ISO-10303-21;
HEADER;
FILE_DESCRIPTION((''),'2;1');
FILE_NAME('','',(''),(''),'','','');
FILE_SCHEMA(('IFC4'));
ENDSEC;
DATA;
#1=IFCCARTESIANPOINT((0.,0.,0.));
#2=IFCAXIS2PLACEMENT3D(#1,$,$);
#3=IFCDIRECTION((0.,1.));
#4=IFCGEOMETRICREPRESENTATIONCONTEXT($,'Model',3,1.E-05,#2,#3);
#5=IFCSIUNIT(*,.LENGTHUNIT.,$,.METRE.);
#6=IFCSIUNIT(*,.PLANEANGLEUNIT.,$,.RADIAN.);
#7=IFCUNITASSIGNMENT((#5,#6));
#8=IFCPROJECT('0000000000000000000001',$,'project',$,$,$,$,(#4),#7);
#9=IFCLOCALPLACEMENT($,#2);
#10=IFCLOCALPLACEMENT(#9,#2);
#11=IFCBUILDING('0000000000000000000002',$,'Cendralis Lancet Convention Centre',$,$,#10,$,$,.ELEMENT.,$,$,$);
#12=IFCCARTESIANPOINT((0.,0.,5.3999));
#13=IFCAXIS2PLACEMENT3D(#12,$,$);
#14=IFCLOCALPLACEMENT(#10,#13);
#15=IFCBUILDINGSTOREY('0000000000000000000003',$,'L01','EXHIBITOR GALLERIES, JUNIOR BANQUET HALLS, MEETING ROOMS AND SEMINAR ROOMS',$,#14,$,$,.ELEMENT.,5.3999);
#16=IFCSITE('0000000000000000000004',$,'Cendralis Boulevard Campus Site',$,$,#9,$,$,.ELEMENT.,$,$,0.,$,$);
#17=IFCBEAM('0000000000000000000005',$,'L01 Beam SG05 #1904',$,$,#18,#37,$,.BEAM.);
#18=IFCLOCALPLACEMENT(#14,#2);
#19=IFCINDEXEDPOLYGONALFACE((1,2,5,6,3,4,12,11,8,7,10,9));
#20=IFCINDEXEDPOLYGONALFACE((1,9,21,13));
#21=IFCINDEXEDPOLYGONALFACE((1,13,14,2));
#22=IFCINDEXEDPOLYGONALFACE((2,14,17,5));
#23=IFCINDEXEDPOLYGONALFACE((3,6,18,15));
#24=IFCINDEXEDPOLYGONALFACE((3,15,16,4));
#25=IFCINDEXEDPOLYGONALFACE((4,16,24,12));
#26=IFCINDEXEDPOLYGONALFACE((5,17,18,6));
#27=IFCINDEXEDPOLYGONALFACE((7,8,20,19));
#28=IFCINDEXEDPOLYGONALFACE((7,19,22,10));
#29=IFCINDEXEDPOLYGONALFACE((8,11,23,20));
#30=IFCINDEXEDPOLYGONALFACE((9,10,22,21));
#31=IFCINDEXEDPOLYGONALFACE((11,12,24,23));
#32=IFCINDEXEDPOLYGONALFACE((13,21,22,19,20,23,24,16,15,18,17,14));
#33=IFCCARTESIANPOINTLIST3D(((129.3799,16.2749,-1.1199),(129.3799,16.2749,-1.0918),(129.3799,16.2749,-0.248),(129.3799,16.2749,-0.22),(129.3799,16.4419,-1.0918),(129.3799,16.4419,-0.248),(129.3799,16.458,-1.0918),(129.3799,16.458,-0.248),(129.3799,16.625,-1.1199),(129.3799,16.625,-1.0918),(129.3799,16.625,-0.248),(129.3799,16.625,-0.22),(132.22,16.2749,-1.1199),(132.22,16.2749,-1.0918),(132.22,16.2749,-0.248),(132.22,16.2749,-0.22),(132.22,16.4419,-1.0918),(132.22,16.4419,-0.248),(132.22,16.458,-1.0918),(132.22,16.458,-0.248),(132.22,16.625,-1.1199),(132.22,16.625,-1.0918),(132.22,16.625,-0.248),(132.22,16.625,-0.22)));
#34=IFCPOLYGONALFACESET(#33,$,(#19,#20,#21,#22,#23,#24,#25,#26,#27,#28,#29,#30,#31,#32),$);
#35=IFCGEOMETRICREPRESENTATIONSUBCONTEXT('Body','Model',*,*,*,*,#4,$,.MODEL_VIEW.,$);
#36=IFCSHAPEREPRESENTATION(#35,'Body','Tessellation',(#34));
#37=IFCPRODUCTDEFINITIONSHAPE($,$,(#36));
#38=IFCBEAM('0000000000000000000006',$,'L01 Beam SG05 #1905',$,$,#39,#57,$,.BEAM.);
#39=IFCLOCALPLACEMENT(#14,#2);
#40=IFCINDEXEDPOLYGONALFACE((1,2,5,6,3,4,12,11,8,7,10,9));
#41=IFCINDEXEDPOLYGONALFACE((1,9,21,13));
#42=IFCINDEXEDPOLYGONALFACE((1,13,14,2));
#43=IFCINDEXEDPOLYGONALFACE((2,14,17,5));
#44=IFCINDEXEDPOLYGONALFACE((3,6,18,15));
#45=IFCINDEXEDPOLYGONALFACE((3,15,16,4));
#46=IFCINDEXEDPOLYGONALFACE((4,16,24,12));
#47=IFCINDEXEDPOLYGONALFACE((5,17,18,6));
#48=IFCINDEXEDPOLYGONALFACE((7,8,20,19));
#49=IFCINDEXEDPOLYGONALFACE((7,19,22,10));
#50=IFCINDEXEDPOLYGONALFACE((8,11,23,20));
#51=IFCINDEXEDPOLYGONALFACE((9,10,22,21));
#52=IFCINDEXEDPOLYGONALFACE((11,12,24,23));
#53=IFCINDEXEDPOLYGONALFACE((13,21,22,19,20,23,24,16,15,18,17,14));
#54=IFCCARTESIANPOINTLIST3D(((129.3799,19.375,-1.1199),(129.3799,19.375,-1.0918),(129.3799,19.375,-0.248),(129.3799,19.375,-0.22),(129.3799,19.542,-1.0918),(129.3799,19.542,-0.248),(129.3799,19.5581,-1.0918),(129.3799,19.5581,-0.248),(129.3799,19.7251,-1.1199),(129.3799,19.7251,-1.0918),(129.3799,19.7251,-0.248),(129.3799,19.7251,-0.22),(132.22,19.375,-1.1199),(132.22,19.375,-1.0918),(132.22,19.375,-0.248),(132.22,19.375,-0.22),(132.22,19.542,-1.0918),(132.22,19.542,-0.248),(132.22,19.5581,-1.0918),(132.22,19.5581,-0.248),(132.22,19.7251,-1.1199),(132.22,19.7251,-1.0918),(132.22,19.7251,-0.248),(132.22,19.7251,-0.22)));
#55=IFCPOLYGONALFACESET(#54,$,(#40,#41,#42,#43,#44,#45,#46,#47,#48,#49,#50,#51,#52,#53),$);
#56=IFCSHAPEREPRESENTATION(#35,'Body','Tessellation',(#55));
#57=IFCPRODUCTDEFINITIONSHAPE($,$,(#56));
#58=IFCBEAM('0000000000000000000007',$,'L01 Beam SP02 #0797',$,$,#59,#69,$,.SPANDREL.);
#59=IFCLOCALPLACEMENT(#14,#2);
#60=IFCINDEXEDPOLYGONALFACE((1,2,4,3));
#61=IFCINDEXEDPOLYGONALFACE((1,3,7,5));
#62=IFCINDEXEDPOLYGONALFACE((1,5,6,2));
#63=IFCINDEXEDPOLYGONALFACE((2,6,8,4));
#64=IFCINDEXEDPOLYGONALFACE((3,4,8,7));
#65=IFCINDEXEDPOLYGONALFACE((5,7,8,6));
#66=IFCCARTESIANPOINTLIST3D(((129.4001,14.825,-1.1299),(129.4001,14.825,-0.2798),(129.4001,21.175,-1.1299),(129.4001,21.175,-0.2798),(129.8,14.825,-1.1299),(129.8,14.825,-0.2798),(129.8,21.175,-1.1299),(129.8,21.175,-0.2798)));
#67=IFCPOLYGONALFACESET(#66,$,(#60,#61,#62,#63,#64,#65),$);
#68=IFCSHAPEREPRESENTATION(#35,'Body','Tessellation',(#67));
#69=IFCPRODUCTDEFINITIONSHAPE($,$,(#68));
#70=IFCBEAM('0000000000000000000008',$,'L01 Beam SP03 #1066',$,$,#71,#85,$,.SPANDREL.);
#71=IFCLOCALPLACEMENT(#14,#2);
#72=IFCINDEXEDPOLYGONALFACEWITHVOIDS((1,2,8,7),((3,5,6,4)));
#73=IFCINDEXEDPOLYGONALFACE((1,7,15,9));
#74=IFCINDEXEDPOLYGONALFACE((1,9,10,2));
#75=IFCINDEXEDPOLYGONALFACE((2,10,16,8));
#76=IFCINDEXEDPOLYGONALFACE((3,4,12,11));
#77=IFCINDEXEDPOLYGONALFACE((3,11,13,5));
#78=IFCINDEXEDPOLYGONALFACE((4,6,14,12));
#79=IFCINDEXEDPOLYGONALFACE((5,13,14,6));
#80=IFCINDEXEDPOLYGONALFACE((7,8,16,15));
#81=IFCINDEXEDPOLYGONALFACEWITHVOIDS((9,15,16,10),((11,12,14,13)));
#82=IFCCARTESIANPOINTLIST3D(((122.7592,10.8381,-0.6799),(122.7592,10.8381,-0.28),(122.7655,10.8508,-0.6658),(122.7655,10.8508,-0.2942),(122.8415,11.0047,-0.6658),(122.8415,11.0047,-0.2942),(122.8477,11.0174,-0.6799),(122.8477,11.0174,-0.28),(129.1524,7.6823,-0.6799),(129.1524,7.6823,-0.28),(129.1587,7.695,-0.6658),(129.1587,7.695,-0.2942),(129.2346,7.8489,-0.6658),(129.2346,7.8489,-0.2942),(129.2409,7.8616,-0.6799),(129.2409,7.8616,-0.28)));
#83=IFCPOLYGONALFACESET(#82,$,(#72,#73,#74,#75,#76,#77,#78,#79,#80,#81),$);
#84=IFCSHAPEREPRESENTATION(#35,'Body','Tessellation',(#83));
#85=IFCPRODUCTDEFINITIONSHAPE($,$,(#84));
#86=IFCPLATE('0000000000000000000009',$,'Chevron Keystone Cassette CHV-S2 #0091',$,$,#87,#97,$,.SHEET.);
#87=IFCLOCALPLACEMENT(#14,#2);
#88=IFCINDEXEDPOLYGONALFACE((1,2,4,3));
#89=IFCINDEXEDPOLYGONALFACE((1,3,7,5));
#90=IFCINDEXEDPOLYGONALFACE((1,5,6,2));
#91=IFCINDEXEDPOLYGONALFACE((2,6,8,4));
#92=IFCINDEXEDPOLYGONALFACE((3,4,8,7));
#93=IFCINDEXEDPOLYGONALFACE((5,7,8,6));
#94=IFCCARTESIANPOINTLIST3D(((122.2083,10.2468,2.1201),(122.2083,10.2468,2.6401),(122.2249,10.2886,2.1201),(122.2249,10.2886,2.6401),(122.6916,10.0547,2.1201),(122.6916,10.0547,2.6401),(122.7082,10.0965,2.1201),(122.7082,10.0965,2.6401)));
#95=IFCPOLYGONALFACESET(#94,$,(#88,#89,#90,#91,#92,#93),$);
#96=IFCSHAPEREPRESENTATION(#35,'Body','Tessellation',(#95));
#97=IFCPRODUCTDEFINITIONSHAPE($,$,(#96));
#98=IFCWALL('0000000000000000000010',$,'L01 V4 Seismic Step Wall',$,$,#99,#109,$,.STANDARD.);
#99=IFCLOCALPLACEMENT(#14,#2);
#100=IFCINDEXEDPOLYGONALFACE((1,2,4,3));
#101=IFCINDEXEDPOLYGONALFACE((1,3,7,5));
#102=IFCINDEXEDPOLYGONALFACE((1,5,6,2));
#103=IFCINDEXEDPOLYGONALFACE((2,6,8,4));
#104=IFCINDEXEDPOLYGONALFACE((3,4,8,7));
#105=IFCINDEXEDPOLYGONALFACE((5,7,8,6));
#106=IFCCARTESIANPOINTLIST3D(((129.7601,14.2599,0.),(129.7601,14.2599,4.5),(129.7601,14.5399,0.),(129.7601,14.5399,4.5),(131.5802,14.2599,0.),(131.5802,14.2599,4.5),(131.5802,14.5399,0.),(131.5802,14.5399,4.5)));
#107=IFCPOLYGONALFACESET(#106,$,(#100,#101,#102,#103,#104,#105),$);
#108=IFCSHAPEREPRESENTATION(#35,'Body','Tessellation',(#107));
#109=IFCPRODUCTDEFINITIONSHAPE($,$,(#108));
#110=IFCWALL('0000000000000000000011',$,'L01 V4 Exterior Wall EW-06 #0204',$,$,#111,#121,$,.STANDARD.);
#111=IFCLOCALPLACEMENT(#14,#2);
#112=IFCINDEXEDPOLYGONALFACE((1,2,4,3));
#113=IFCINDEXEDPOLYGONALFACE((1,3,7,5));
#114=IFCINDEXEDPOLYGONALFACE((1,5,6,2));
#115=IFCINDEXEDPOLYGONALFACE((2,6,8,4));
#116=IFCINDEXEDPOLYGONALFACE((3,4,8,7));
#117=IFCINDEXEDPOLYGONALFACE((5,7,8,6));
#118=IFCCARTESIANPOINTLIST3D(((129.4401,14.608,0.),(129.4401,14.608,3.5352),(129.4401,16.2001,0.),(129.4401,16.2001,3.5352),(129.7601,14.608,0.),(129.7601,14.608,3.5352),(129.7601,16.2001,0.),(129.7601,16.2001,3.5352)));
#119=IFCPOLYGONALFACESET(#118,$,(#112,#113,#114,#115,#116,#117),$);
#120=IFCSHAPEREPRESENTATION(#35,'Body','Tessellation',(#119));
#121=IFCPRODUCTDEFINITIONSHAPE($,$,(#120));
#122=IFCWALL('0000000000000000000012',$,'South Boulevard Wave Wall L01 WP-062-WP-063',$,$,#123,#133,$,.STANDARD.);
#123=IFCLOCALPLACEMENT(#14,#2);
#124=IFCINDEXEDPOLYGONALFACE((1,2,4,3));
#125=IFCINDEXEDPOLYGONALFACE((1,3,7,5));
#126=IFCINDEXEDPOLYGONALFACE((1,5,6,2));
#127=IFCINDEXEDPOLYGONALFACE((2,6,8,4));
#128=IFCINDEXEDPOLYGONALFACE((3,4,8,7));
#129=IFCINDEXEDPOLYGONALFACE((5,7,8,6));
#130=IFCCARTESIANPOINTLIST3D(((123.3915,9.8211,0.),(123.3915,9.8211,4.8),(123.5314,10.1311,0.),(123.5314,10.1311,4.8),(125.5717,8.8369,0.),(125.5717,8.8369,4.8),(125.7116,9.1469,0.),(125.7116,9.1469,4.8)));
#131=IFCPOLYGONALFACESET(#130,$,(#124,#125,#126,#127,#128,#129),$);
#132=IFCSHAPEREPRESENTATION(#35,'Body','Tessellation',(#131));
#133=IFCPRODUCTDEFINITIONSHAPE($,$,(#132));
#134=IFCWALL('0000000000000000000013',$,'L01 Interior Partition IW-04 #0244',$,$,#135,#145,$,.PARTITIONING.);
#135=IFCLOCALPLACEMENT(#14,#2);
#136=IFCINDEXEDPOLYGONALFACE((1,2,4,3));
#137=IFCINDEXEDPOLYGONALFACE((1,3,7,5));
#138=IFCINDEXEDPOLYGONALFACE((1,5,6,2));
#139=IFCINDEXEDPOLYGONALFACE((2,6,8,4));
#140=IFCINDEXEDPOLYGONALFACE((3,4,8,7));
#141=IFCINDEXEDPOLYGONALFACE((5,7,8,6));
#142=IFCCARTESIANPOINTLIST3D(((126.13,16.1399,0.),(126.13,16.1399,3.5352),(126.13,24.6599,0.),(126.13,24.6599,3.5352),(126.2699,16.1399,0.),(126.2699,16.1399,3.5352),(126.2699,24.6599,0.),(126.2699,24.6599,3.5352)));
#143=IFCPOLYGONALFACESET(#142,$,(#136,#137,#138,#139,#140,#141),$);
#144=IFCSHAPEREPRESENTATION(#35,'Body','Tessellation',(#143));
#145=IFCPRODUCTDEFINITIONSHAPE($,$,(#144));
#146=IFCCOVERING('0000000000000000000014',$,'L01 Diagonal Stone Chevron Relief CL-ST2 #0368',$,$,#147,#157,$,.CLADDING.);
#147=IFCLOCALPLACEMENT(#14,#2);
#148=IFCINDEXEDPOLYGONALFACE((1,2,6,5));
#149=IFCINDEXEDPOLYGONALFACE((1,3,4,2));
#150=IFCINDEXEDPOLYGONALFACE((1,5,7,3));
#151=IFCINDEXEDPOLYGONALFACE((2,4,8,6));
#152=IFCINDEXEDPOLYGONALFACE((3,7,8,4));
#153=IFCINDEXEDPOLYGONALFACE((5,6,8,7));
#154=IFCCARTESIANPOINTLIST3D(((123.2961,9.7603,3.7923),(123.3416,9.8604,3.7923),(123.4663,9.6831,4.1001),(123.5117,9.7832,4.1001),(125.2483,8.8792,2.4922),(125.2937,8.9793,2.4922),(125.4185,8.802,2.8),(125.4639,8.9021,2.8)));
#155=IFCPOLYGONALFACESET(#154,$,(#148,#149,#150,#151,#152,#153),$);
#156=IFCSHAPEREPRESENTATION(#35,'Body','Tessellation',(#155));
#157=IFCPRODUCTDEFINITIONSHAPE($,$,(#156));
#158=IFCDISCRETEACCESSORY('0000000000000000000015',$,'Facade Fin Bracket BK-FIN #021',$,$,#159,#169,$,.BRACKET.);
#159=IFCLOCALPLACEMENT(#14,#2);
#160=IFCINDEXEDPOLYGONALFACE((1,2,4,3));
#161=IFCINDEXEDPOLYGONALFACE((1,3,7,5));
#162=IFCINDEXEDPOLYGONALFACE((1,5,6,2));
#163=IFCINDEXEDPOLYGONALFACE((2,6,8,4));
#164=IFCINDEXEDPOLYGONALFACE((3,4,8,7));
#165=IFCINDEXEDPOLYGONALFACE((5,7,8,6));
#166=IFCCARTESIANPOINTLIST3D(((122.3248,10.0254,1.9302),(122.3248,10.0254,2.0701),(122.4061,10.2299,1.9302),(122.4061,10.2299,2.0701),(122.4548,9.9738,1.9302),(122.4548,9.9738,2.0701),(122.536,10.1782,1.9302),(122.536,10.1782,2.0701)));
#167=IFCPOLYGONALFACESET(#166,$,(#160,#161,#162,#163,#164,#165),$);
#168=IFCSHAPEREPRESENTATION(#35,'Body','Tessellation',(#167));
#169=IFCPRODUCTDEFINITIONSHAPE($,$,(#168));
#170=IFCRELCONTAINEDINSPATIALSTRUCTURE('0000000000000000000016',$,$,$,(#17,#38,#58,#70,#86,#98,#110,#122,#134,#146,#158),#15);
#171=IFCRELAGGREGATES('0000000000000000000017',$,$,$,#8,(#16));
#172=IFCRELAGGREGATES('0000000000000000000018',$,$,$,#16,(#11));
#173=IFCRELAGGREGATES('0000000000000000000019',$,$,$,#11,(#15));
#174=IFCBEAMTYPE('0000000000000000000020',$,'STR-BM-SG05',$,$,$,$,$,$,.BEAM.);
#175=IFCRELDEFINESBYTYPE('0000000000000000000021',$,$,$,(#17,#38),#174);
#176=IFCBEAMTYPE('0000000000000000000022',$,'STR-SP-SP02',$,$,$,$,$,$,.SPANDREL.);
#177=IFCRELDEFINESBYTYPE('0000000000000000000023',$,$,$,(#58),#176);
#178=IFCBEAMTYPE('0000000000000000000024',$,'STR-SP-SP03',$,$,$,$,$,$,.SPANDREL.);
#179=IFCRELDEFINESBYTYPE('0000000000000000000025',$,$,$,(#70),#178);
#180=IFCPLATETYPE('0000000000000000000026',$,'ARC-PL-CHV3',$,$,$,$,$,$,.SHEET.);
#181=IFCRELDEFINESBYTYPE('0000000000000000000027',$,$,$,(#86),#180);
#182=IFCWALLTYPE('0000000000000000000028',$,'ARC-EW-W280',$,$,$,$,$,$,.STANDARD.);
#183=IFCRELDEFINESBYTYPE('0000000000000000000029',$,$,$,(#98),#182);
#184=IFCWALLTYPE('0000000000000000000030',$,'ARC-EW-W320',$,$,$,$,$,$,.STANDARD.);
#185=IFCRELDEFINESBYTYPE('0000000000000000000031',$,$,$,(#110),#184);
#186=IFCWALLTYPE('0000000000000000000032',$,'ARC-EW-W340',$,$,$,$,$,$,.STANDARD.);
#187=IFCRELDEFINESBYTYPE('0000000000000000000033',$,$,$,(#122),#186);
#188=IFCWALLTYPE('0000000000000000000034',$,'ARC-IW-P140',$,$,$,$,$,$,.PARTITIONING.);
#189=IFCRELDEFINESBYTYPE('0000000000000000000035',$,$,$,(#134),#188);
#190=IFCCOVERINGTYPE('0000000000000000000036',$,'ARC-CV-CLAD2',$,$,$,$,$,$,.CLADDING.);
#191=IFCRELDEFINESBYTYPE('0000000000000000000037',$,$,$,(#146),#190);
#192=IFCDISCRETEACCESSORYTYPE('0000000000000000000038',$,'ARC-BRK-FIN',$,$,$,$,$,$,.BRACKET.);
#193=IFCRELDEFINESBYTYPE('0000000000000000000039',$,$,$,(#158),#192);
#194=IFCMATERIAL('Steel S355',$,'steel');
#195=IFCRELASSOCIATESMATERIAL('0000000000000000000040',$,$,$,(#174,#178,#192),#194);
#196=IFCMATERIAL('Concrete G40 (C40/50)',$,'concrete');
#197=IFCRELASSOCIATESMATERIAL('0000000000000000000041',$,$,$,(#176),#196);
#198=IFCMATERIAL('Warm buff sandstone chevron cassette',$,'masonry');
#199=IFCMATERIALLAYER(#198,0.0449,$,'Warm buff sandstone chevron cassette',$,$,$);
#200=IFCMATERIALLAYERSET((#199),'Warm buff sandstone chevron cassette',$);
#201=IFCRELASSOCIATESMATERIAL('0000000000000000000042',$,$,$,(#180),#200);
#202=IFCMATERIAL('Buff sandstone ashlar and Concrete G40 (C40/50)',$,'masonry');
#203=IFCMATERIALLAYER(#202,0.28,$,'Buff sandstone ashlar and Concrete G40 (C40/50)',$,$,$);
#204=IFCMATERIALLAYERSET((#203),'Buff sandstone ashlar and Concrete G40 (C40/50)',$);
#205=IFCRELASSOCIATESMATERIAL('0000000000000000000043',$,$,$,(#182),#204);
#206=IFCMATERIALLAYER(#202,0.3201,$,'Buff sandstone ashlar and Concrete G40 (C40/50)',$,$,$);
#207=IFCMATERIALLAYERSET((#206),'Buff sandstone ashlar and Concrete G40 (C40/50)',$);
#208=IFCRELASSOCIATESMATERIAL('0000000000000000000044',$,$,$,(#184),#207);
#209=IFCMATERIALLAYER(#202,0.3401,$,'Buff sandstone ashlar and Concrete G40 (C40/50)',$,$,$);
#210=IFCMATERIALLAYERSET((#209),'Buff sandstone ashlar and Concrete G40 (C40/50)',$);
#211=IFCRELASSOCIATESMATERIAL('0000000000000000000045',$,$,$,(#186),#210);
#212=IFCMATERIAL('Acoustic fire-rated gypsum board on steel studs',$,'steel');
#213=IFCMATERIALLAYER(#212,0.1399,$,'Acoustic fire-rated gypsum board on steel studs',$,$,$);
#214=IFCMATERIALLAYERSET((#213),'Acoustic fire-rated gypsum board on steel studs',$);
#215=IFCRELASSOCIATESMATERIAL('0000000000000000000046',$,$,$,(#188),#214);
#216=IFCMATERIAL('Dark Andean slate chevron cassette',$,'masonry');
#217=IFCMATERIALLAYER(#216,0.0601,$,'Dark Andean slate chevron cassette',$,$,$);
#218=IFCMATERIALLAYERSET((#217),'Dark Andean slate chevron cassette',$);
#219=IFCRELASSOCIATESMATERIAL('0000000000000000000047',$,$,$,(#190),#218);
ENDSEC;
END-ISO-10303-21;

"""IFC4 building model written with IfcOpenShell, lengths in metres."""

from ifc_helpers import new_model, si_unit, direction, frame, frame_2d, origin, origin_2d, place, context, subcontext, project, spatial, polyline, rectangle, hollow_rectangle, i_section, outline, extrude, material, layer, layer_set, material_profile, profile_set, type_object, element, save


model = new_model("IFC4")

# Units and contexts
model_context = context("Model", 3, precision=1e-05, world=origin(), true_north=direction((0.0, 1.0)))
body_context = subcontext(model_context, "Body", "Model", "MODEL_VIEW")
ifc_project = project(units=[si_unit("LENGTHUNIT", "METRE"), si_unit("PLANEANGLEUNIT", "RADIAN")], contexts=[model_context])

# Site, building, storey
site_placement = place(None, origin())
site = spatial("IfcSite", under=ifc_project, at=site_placement, Name="Cendralis Boulevard Campus Site", CompositionType="ELEMENT", RefElevation=0.0)
building_placement = place(site_placement, origin())
building = spatial("IfcBuilding", under=site, at=building_placement, Name="Cendralis Lancet Convention Centre", CompositionType="ELEMENT")
storey_placement = place(building_placement, frame((0.0, 0.0, 5.3999)))
storey = spatial("IfcBuildingStorey", under=building, at=storey_placement, Name="L01", Description="EXHIBITOR GALLERIES, JUNIOR BANQUET HALLS, MEETING ROOMS AND SEMINAR ROOMS", CompositionType="ELEMENT", Elevation=5.3999)

# Shared definitions
ifc_material_1 = material(Name="Steel S355", Category="steel")

# Beams
ifc_material_2 = material(Name="Concrete G40 (C40/50)", Category="concrete")
ifc_material_profile_1 = material_profile(ifc_material_1, i_section(OverallWidth=0.3501, OverallDepth=0.8999, WebThickness=0.0161, FlangeThickness=0.0281, at=origin_2d()), Name="PG 900x350")
ifc_profile_set_1 = profile_set([ifc_material_profile_1], Name="Steel S355")
beam_type_1 = type_object("IfcBeamType", Name="STR-BM-SG05", PredefinedType="BEAM", material=ifc_profile_set_1)
for number, where, z_axis, x_axis, name in (
    (1, (129.3799, 16.45, -0.6699), (1.0, 0.0, 0.0), (0.0, 1.0, 0.0), "L01 Beam SG05 #1904"),
    (2, (129.3799, 19.55, -0.6699), (1.0, 0.0, 0.0), (0.0, 1.0, 0.0), "L01 Beam SG05 #1905"),
):
    element("IfcBeam", number, at=place(storey_placement, frame(where, z_axis=z_axis, x_axis=x_axis)), inside=storey, type_object=beam_type_1, Name=name, PredefinedType="BEAM", context=body_context, shape_type="SweptSolid", body=[
        extrude(i_section(OverallWidth=0.3501, OverallDepth=0.8999, WebThickness=0.0161, FlangeThickness=0.0281, at=origin_2d()), origin(), (0.0, 0.0, 1.0), 2.8401),
    ])
ifc_material_profile_2 = material_profile(ifc_material_2, rectangle(XDim=0.3999, YDim=0.8501, at=origin_2d()), Name="RCB 400x850")
ifc_profile_set_2 = profile_set([ifc_material_profile_2], Name="Concrete G40 (C40/50)")
beam_type_2 = type_object("IfcBeamType", Name="STR-SP-SP02", PredefinedType="SPANDREL", material=ifc_profile_set_2)
beam_1_placement = place(storey_placement, frame((129.6001, 14.825, -0.7048), z_axis=(0.0, 1.0, 0.0), x_axis=(-1.0, 0.0, 0.0)))
element("IfcBeam", 3, at=beam_1_placement, inside=storey, type_object=beam_type_2, Name="L01 Beam SP02 #0797", PredefinedType="SPANDREL", context=body_context, shape_type="SweptSolid", body=[
    extrude(rectangle(XDim=0.3999, YDim=0.8501, at=origin_2d()), origin(), (0.0, 0.0, 1.0), 6.3501),
])
ifc_material_profile_3 = material_profile(ifc_material_1, hollow_rectangle(XDim=0.2, YDim=0.3999, WallThickness=0.0142, at=origin_2d()), Name="RHS 400x200x14.2")
ifc_profile_set_3 = profile_set([ifc_material_profile_3], Name="Steel S355")
beam_type_3 = type_object("IfcBeamType", Name="STR-SP-SP03", PredefinedType="SPANDREL", material=ifc_profile_set_3)
beam_2_placement = place(storey_placement, frame((122.8035, 10.9277, -0.48), z_axis=(0.896703, -0.442633, 0.0), x_axis=(0.442633, 0.896703, 0.0)))
element("IfcBeam", 4, at=beam_2_placement, inside=storey, type_object=beam_type_3, Name="L01 Beam SP03 #1066", PredefinedType="SPANDREL", context=body_context, shape_type="SweptSolid", body=[
    extrude(hollow_rectangle(XDim=0.2, YDim=0.3999, WallThickness=0.0142, at=origin_2d()), origin(), (0.0, 0.0, 1.0), 7.1296),
])

# Plate
ifc_material_3 = material(Name="Warm buff sandstone chevron cassette", Category="masonry")
ifc_layer_1 = layer(ifc_material_3, 0.0449, Name="Warm buff sandstone chevron cassette")
ifc_layer_set_1 = layer_set([ifc_layer_1], Name="Warm buff sandstone chevron cassette")
plate_type = type_object("IfcPlateType", Name="ARC-PL-CHV3", PredefinedType="SHEET", material=ifc_layer_set_1)
plate_placement = place(storey_placement, frame((122.4583, 10.1716, 2.1201), z_axis=(0.0, 0.0, 1.0), x_axis=(0.929268, -0.369406, 0.0)))
element("IfcPlate", 5, at=plate_placement, inside=storey, type_object=plate_type, Name="Chevron Keystone Cassette CHV-S2 #0091", PredefinedType="SHEET", context=body_context, shape_type="SweptSolid", body=[
    extrude(rectangle(XDim=0.52, YDim=0.0449, at=origin_2d()), origin(), (0.0, 0.0, 1.0), 0.52),
])

# Walls
ifc_material_4 = material(Name="Buff sandstone ashlar and Concrete G40 (C40/50)", Category="masonry")
ifc_layer_2 = layer(ifc_material_4, 0.28, Name="Buff sandstone ashlar and Concrete G40 (C40/50)")
ifc_layer_set_2 = layer_set([ifc_layer_2], Name="Buff sandstone ashlar and Concrete G40 (C40/50)")
wall_type_1 = type_object("IfcWallType", Name="ARC-EW-W280", PredefinedType="STANDARD", material=ifc_layer_set_2)
wall_1_placement = place(storey_placement, frame((129.76, 14.3999, 0.0), z_axis=(0.0, 0.0, 1.0), x_axis=(1.0, 0.0, 0.0)))
element("IfcWall", 6, at=wall_1_placement, inside=storey, type_object=wall_type_1, Name="L01 V4 Seismic Step Wall", PredefinedType="STANDARD", context=body_context, shape_type="SweptSolid", body=[
    extrude(rectangle(XDim=1.8201, YDim=0.28, at=frame_2d((0.9102, 0.0))), origin(), (0.0, 0.0, 1.0), 4.5),
])
ifc_layer_3 = layer(ifc_material_4, 0.3201, Name="Buff sandstone ashlar and Concrete G40 (C40/50)")
ifc_layer_set_3 = layer_set([ifc_layer_3], Name="Buff sandstone ashlar and Concrete G40 (C40/50)")
wall_type_2 = type_object("IfcWallType", Name="ARC-EW-W320", PredefinedType="STANDARD", material=ifc_layer_set_3)
wall_2_placement = place(storey_placement, frame((129.6001, 16.2, 0.0), z_axis=(0.0, 0.0, 1.0), x_axis=(0.0, -1.0, 0.0)))
element("IfcWall", 7, at=wall_2_placement, inside=storey, type_object=wall_type_2, Name="L01 V4 Exterior Wall EW-06 #0204", PredefinedType="STANDARD", context=body_context, shape_type="SweptSolid", body=[
    extrude(rectangle(XDim=1.592, YDim=0.3201, at=frame_2d((0.7959, 0.0))), origin(), (0.0, 0.0, 1.0), 3.5352),
])
ifc_layer_4 = layer(ifc_material_4, 0.3401, Name="Buff sandstone ashlar and Concrete G40 (C40/50)")
ifc_layer_set_4 = layer_set([ifc_layer_4], Name="Buff sandstone ashlar and Concrete G40 (C40/50)")
wall_type_3 = type_object("IfcWallType", Name="ARC-EW-W340", PredefinedType="STANDARD", material=ifc_layer_set_4)
wall_3_placement = place(storey_placement, frame((123.4614, 9.9761, 0.0), z_axis=(0.0, 0.0, 1.0), x_axis=(0.911443, -0.411425, 0.0)))
element("IfcWall", 8, at=wall_3_placement, inside=storey, type_object=wall_type_3, Name="South Boulevard Wave Wall L01 WP-062-WP-063", PredefinedType="STANDARD", context=body_context, shape_type="SweptSolid", body=[
    extrude(rectangle(XDim=2.3921, YDim=0.3401, at=frame_2d((1.196, 0.0))), origin(), (0.0, 0.0, 1.0), 4.8),
])
ifc_material_5 = material(Name="Acoustic fire-rated gypsum board on steel studs", Category="steel")
ifc_layer_5 = layer(ifc_material_5, 0.1399, Name="Acoustic fire-rated gypsum board on steel studs")
ifc_layer_set_5 = layer_set([ifc_layer_5], Name="Acoustic fire-rated gypsum board on steel studs")
wall_type_4 = type_object("IfcWallType", Name="ARC-IW-P140", PredefinedType="PARTITIONING", material=ifc_layer_set_5)
wall_4_placement = place(storey_placement, frame((126.2, 16.1399, 0.0), z_axis=(0.0, 0.0, 1.0), x_axis=(0.0, 1.0, 0.0)))
element("IfcWall", 9, at=wall_4_placement, inside=storey, type_object=wall_type_4, Name="L01 Interior Partition IW-04 #0244", PredefinedType="PARTITIONING", context=body_context, shape_type="SweptSolid", body=[
    extrude(rectangle(XDim=8.52, YDim=0.1399, at=frame_2d((4.26, 0.0))), origin(), (0.0, 0.0, 1.0), 3.5352),
])

# Covering
ifc_material_6 = material(Name="Dark Andean slate chevron cassette", Category="masonry")
ifc_layer_6 = layer(ifc_material_6, 0.0601, Name="Dark Andean slate chevron cassette")
ifc_layer_set_6 = layer_set([ifc_layer_6], Name="Dark Andean slate chevron cassette")
covering_type = type_object("IfcCoveringType", Name="ARC-CV-CLAD2", PredefinedType="CLADDING", material=ifc_layer_set_6)
covering_placement = place(storey_placement, frame((123.4663, 9.6831, 4.1001), z_axis=(0.472534, -0.214369, 0.854843), x_axis=(0.779156, -0.351673, -0.518885)))
element("IfcCovering", 10, at=covering_placement, inside=storey, type_object=covering_type, Name="L01 Diagonal Stone Chevron Relief CL-ST2 #0368", PredefinedType="CLADDING", context=body_context, shape_type="SweptSolid", body=[
    extrude(outline(polyline([(0.0, 0.0), (2.5055, 0.0), (2.5056, 0.1099), (0.0002, 0.1099), (0.0, 0.0)])), origin(), (0.0, 0.0, -1.0), 0.3601),
])

# Discrete accessory
discrete_accessory_type_1 = type_object("IfcDiscreteAccessoryType", Name="ARC-BRK-FIN", PredefinedType="BRACKET", material=ifc_material_1)
discrete_accessory_placement = place(storey_placement, frame((122.4304, 10.1018, 1.9302), z_axis=(0.0, 0.0, 1.0), x_axis=(0.929268, -0.369406, 0.0)))
element("IfcDiscreteAccessory", 11, at=discrete_accessory_placement, inside=storey, type_object=discrete_accessory_type_1, Name="Facade Fin Bracket BK-FIN #021", PredefinedType="BRACKET", context=body_context, shape_type="SweptSolid", body=[
    extrude(rectangle(XDim=0.1399, YDim=0.22, at=origin_2d()), origin(), (0.0, 0.0, 1.0), 0.1399),
])

save(model, "model.ifc")
